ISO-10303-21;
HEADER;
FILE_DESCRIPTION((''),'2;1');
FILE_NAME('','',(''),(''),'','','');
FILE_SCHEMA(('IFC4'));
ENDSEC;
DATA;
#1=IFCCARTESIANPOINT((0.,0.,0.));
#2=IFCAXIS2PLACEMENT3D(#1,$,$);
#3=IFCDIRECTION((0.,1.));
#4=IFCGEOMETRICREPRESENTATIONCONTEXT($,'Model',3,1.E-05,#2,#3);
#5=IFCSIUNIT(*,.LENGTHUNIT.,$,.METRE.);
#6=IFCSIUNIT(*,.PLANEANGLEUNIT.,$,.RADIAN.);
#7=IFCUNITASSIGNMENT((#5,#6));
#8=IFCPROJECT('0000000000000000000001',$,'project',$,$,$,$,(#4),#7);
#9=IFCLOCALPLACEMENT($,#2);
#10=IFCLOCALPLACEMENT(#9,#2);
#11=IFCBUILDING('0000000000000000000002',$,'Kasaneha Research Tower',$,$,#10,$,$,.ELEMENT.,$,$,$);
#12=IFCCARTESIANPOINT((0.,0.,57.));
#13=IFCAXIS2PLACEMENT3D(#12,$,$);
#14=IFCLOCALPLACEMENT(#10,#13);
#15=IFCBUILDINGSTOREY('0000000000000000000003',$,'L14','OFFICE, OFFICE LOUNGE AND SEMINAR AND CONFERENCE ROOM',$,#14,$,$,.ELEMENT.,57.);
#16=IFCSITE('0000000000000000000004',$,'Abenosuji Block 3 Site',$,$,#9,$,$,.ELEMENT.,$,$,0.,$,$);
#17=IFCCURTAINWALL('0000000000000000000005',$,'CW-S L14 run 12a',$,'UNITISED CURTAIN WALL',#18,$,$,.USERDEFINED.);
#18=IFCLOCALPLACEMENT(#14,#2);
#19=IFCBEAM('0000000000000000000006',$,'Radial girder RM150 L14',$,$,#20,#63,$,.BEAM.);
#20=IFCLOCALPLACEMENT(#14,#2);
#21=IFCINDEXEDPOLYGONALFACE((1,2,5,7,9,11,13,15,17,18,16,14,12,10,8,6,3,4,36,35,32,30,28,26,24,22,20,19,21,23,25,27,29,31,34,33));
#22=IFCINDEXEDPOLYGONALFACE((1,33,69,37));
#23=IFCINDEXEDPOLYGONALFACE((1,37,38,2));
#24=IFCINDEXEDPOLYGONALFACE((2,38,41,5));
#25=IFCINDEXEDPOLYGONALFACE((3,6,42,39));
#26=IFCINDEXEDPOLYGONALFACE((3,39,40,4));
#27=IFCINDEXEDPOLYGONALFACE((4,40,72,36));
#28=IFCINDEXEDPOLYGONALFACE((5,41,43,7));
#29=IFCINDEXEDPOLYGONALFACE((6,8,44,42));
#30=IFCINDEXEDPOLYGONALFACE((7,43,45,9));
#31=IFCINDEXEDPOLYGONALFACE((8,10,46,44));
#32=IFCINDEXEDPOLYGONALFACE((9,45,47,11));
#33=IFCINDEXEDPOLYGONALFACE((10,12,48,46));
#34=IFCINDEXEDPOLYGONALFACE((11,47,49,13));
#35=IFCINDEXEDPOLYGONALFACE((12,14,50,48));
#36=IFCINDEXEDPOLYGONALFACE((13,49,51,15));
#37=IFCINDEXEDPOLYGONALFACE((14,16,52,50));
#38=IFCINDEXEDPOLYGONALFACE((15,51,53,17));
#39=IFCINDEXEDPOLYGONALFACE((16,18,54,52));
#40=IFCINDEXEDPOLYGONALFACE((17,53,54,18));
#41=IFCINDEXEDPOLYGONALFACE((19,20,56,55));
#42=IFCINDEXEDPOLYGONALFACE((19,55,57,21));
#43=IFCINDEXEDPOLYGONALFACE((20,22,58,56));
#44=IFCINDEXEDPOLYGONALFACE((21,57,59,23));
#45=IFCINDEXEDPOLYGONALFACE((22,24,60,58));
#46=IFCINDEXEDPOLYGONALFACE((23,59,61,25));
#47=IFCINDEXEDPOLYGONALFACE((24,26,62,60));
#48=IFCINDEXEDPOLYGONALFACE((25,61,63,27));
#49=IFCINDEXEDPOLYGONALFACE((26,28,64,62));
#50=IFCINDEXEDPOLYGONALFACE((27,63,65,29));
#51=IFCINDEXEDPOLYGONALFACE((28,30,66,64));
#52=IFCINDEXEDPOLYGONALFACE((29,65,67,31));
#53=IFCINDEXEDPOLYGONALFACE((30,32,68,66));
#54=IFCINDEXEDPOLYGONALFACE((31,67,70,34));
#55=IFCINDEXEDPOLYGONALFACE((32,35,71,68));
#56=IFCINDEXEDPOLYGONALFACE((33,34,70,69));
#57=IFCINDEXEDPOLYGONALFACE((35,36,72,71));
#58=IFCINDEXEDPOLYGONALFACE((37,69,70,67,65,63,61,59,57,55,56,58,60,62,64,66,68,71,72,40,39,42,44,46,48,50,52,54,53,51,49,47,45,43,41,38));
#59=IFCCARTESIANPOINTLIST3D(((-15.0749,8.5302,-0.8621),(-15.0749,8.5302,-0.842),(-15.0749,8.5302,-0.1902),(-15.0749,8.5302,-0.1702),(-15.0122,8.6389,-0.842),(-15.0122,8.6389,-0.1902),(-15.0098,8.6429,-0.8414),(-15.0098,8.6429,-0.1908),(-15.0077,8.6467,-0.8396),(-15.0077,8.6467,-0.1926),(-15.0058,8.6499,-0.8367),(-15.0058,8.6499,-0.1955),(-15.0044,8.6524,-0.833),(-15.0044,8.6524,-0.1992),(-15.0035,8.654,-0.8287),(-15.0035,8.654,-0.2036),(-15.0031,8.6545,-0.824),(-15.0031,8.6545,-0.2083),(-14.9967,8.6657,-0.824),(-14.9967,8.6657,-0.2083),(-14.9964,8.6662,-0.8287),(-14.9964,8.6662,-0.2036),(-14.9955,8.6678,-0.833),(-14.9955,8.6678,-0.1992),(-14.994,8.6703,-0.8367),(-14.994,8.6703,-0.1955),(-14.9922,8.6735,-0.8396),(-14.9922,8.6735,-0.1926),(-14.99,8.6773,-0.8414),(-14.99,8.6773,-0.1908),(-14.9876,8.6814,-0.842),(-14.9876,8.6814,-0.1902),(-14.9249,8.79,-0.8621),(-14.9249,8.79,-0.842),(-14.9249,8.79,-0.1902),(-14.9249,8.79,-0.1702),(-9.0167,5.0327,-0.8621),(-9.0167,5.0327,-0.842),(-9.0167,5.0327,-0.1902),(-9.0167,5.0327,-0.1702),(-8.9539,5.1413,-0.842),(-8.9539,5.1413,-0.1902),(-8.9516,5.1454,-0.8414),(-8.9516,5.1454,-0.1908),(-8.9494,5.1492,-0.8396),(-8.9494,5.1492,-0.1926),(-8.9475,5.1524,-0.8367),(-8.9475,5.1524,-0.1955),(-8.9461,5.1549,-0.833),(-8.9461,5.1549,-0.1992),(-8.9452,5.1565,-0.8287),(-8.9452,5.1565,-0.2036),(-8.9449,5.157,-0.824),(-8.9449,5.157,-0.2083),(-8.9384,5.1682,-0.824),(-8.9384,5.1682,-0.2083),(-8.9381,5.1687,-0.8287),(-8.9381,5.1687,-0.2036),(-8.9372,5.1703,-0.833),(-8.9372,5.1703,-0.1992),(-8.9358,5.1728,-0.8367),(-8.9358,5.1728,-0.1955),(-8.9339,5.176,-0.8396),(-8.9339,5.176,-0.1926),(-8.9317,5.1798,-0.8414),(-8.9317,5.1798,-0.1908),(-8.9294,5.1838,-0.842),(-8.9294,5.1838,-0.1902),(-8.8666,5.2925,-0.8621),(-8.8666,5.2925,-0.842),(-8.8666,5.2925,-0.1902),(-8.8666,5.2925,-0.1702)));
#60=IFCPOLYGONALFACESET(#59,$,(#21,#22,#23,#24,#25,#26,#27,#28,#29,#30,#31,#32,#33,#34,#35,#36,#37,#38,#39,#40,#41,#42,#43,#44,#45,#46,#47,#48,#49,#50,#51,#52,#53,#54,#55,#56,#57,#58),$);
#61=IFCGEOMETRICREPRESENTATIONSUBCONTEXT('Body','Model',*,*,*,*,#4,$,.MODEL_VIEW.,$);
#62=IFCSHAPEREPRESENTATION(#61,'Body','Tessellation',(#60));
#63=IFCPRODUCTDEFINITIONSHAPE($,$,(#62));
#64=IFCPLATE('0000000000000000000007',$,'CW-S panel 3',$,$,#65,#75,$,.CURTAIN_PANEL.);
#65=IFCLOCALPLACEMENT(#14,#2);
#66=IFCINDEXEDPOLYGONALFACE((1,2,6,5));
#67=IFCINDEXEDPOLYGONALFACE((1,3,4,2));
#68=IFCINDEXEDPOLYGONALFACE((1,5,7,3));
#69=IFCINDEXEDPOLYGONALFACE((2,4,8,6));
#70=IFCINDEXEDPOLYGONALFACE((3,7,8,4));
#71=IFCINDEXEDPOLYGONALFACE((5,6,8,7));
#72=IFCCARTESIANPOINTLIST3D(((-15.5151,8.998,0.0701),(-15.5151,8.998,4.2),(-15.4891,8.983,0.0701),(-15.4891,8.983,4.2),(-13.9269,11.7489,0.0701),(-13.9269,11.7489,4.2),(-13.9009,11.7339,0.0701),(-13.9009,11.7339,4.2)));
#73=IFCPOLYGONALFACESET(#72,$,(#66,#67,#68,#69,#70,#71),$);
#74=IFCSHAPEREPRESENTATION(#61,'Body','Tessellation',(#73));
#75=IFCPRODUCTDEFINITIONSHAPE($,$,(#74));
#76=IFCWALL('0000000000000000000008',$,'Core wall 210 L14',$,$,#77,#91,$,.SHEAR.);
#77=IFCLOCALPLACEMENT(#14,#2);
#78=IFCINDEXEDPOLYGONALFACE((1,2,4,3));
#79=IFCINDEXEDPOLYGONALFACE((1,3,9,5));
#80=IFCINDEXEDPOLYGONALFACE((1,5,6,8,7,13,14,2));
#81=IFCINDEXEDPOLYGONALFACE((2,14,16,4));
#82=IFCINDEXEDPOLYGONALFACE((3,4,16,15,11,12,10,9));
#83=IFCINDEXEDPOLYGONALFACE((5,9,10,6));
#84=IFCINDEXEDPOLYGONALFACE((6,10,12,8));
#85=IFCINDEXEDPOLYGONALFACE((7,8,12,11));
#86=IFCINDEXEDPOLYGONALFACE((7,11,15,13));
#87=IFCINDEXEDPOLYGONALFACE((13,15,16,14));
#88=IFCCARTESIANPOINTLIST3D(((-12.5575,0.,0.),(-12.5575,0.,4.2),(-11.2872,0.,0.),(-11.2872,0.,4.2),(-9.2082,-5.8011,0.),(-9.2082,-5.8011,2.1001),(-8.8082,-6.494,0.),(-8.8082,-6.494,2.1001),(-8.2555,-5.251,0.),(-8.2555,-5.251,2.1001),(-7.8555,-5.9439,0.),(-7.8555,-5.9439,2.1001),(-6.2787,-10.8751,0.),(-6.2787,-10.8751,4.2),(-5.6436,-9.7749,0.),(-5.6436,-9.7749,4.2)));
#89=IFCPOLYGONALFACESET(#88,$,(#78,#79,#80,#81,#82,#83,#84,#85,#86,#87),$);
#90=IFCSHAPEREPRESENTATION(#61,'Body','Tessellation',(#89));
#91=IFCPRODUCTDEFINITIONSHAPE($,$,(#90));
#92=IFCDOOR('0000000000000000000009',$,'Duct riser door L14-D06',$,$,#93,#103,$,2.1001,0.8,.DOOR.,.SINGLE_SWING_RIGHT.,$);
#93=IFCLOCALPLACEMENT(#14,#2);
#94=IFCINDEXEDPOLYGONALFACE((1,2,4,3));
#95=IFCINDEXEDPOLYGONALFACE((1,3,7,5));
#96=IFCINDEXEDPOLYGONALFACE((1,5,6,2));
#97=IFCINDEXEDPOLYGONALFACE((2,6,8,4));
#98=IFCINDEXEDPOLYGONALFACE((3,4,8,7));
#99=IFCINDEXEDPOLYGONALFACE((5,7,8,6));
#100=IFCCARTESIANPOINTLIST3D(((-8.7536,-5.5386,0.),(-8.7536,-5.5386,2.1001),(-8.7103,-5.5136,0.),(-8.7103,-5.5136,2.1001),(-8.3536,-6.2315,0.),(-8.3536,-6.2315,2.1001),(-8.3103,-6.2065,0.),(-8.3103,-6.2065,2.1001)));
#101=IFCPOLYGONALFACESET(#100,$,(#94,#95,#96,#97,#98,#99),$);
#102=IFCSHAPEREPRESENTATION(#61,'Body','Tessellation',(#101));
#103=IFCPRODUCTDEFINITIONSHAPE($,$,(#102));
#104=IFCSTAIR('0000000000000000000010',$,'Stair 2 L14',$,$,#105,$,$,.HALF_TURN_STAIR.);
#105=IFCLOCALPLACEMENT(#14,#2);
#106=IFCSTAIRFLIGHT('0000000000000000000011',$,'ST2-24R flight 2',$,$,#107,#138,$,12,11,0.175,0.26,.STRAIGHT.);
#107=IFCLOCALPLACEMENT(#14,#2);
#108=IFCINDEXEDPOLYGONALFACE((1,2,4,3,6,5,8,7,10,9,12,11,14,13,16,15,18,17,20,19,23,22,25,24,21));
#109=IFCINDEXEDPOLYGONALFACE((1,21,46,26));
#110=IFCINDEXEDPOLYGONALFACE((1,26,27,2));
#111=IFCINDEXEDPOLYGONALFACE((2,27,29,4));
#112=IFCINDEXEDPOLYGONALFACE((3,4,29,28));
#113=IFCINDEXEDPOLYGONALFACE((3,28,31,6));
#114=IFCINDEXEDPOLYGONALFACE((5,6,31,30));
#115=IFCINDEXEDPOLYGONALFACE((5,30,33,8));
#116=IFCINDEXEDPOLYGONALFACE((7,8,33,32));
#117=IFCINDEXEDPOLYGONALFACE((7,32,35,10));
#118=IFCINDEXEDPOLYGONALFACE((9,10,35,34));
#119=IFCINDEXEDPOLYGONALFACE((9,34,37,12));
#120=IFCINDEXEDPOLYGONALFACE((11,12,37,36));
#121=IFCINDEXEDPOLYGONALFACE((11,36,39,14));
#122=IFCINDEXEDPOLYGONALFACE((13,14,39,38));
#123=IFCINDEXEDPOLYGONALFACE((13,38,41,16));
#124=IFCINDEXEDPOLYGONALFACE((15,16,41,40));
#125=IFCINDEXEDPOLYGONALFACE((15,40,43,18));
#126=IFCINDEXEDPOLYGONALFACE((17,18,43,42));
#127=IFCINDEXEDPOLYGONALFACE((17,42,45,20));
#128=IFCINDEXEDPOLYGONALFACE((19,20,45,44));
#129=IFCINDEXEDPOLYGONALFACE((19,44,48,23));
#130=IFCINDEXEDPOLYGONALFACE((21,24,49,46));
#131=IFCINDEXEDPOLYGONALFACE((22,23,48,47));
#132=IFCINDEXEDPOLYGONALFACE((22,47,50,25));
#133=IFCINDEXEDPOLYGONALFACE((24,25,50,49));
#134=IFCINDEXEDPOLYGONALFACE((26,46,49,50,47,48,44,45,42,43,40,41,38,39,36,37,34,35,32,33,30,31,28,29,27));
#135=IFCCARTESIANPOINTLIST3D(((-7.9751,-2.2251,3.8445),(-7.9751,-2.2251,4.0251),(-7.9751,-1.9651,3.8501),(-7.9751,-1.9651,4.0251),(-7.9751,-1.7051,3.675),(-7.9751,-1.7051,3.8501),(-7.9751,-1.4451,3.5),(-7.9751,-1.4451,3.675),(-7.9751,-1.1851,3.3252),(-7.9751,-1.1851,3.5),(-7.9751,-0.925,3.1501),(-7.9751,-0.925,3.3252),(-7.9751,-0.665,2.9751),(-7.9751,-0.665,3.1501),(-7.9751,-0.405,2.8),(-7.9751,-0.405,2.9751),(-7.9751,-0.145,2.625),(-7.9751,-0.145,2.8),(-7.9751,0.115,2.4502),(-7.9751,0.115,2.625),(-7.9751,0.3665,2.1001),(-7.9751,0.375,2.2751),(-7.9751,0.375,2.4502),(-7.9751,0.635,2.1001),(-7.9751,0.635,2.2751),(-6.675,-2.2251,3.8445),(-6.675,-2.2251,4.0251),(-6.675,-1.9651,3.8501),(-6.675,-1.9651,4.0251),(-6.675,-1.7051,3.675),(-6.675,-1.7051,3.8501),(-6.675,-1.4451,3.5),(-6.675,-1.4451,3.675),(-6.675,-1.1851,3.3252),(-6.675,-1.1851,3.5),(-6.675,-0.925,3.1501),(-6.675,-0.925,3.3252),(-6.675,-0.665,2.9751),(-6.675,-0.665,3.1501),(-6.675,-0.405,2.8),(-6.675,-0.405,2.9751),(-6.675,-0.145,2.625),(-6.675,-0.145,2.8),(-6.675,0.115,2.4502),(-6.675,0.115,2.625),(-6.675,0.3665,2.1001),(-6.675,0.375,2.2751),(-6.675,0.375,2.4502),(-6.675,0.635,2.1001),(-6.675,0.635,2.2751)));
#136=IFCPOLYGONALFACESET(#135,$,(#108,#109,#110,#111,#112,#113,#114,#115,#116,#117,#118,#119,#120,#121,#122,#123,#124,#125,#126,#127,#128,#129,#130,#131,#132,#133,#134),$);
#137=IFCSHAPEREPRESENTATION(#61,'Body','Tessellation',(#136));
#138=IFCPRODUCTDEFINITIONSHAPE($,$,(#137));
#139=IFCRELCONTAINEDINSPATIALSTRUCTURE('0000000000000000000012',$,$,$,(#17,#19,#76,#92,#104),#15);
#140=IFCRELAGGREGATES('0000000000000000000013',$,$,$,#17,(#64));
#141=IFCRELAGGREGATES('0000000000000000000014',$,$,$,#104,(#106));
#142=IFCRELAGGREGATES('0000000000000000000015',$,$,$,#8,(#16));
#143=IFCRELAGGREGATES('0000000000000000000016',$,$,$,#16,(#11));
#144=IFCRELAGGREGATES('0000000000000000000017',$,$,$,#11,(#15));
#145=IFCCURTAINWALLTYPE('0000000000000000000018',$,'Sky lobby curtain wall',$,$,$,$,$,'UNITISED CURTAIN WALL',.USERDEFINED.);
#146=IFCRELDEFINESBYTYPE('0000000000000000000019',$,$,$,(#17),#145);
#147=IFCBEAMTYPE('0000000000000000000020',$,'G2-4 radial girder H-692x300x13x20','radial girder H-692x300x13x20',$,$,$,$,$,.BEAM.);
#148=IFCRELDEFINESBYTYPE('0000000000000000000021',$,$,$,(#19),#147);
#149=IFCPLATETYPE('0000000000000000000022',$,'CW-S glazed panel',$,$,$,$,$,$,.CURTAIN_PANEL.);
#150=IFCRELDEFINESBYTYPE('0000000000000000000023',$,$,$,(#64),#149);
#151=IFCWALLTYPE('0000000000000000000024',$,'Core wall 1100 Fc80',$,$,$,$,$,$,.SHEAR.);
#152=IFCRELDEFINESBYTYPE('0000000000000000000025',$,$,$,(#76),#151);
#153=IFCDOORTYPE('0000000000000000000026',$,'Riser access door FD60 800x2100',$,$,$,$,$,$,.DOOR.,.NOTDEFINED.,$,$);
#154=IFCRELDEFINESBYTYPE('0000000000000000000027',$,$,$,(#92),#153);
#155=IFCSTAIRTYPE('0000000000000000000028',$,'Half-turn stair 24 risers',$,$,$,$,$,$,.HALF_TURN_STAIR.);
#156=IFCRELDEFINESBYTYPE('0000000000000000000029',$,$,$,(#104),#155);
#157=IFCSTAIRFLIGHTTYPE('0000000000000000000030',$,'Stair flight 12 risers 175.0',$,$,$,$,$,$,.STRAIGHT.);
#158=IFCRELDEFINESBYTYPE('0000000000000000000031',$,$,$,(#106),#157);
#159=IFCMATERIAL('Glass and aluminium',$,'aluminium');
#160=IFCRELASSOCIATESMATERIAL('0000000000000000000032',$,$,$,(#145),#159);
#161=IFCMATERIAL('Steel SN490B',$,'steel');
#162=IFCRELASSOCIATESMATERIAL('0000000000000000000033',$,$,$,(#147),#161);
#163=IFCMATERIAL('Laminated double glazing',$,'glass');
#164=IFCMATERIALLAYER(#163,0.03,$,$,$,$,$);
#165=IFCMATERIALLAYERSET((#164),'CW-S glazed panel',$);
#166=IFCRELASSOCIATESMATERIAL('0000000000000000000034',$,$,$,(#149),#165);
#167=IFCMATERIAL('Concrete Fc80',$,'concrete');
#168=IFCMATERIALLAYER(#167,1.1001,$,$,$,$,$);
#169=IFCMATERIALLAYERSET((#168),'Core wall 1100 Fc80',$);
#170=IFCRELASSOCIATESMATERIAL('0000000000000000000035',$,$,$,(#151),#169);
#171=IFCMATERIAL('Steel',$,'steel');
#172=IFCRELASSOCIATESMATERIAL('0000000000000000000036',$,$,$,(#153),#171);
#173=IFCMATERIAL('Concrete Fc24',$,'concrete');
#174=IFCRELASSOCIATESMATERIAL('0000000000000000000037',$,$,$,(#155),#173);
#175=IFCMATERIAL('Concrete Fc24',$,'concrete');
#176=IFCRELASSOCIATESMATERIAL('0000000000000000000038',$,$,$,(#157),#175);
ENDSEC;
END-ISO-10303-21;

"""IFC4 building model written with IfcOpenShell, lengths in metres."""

from ifc_helpers import new_model, si_unit, direction, frame, frame_2d, origin, origin_2d, place, context, subcontext, project, spatial, polyline, rectangle, i_section, outline, extrude, material, layer, layer_set, material_profile, profile_set, type_object, element, fill, aggregate, save


model = new_model("IFC4")

# Units and contexts
model_context = context("Model", 3, precision=1e-05, world=origin(), true_north=direction((0.0, 1.0)))
body_context = subcontext(model_context, "Body", "Model", "MODEL_VIEW")
ifc_project = project(units=[si_unit("LENGTHUNIT", "METRE"), si_unit("PLANEANGLEUNIT", "RADIAN")], contexts=[model_context])

# Site, building, storey
site_placement = place(None, origin())
site = spatial("IfcSite", under=ifc_project, at=site_placement, Name="Abenosuji Block 3 Site", CompositionType="ELEMENT", RefElevation=0.0)
building_placement = place(site_placement, origin())
building = spatial("IfcBuilding", under=site, at=building_placement, Name="Kasaneha Research Tower", CompositionType="ELEMENT")
storey_placement = place(building_placement, frame((0.0, 0.0, 57.0)))
storey = spatial("IfcBuildingStorey", under=building, at=storey_placement, Name="L14", Description="OFFICE, OFFICE LOUNGE AND SEMINAR AND CONFERENCE ROOM", CompositionType="ELEMENT", Elevation=57.0)

# Curtain wall
ifc_material_1 = material(Name="Glass and aluminium", Category="aluminium")
curtain_wall_type = type_object("IfcCurtainWallType", Name="Sky lobby curtain wall", ElementType="UNITISED CURTAIN WALL", PredefinedType="USERDEFINED", material=ifc_material_1)
curtain_wall_placement = place(storey_placement, origin())
curtain_wall = element("IfcCurtainWall", 1, at=curtain_wall_placement, inside=storey, type_object=curtain_wall_type, Name="CW-S L14 run 12a", ObjectType="UNITISED CURTAIN WALL", PredefinedType="USERDEFINED")

# Beam
ifc_material_2 = material(Name="Steel SN490B", Category="steel")
ifc_material_profile_1 = material_profile(ifc_material_2, i_section(OverallWidth=0.3, OverallDepth=0.6919, WebThickness=0.0129, FlangeThickness=0.02, FilletRadius=0.0181, at=origin_2d()), Name="H-692x300x13x20")
ifc_profile_set_1 = profile_set([ifc_material_profile_1], Name="Steel SN490B")
beam_type_1 = type_object("IfcBeamType", Name="G2-4 radial girder H-692x300x13x20", Description="radial girder H-692x300x13x20", PredefinedType="BEAM", material=ifc_profile_set_1)
beam_1_placement = place(storey_placement, frame((-8.9417, 5.1626, -0.5161), z_axis=(-0.86604, 0.499975, 0.0), x_axis=(-0.499975, -0.86604, 0.0)))
element("IfcBeam", 2, at=beam_1_placement, inside=storey, type_object=beam_type_1, Name="Radial girder RM150 L14", PredefinedType="BEAM", context=body_context, shape_type="SweptSolid", body=[
    extrude(i_section(OverallWidth=0.3, OverallDepth=0.6919, WebThickness=0.0129, FlangeThickness=0.02, FilletRadius=0.0181, at=origin_2d()), origin(), (0.0, 0.0, 1.0), 6.9954),
])

# Plate
ifc_material_3 = material(Name="Laminated double glazing", Category="glass")
ifc_layer_1 = layer(ifc_material_3, 0.03)
ifc_layer_set_1 = layer_set([ifc_layer_1], Name="CW-S glazed panel")
plate_type = type_object("IfcPlateType", Name="CW-S glazed panel", PredefinedType="CURTAIN_PANEL", material=ifc_layer_set_1)
plate_placement = place(storey_placement, frame((-14.708, 10.366, 0.0701), z_axis=(0.0, 0.0, 1.0), x_axis=(-0.5, -0.866025, 0.0)))
plate = element("IfcPlate", 3, at=plate_placement, type_object=plate_type, Name="CW-S panel 3", PredefinedType="CURTAIN_PANEL", context=body_context, shape_type="SweptSolid", body=[
    extrude(rectangle(XDim=3.1765, YDim=0.03, at=origin_2d()), origin(), (0.0, 0.0, 1.0), 4.1299),
])
aggregate(curtain_wall, [plate])

# Wall, opening, door
ifc_material_4 = material(Name="Concrete Fc80", Category="concrete")
ifc_layer_2 = layer(ifc_material_4, 1.1001)
ifc_layer_set_2 = layer_set([ifc_layer_2], Name="Core wall 1100 Fc80")
wall_type_1 = type_object("IfcWallType", Name="Core wall 1100 Fc80", PredefinedType="SHEAR", material=ifc_layer_set_2)
wall_1_placement = place(storey_placement, frame((-11.9224, 0.0, 0.0), z_axis=(0.0, 0.0, 1.0), x_axis=(0.500004, -0.866023, 0.0)))
wall_1 = element("IfcWall", 4, at=wall_1_placement, inside=storey, type_object=wall_type_1, Name="Core wall 210 L14", PredefinedType="SHEAR", context=body_context, shape_type="SweptSolid", body=[
    extrude(outline(polyline([(-0.3176, -0.55), (6.3811, -0.55), (7.1812, -0.55), (12.24, -0.55), (11.6047, 0.55), (7.1812, 0.55), (6.3811, 0.55), (0.3176, 0.55), (-0.3176, -0.55)])), origin(), (0.0, 0.0, 1.0), 4.2),
])
opening_1_placement = place(wall_1_placement, frame((6.3811, 0.0, 0.0)))
opening_1 = element("IfcOpeningElement", 5, at=opening_1_placement, cuts=wall_1, PredefinedType="OPENING", context=body_context, shape_type="SweptSolid", body=[
    extrude(rectangle(XDim=0.8, YDim=2.1001, at=frame_2d((0.3999, 1.05))), frame((0.0, 0.5601, 0.0), z_axis=(0.0, -1.0, 0.0), x_axis=(1.0, 0.0, 0.0)), (0.0, 0.0, 1.0), 1.1201),
])
ifc_material_5 = material(Name="Steel", Category="steel")
door_type_1 = type_object("IfcDoorType", Name="Riser access door FD60 800x2100", OperationType="NOTDEFINED", PredefinedType="DOOR", material=ifc_material_5)
door_1_placement = place(opening_1_placement, origin())
door_1 = element("IfcDoor", 6, at=door_1_placement, inside=storey, type_object=door_type_1, Name="Duct riser door L14-D06", OperationType="SINGLE_SWING_RIGHT", OverallHeight=2.1001, OverallWidth=0.8, PredefinedType="DOOR", context=body_context, shape_type="SweptSolid", body=[
    extrude(rectangle(XDim=0.8, YDim=2.1001, at=frame_2d((0.3999, 1.05))), frame((0.0, 0.0249, 0.0), z_axis=(0.0, -1.0, 0.0), x_axis=(1.0, 0.0, 0.0)), (0.0, 0.0, 1.0), 0.05),
])
fill(opening_1, door_1)

# Stair, stair flight
ifc_material_6 = material(Name="Concrete Fc24", Category="concrete")
stair_type = type_object("IfcStairType", Name="Half-turn stair 24 risers", PredefinedType="HALF_TURN_STAIR", material=ifc_material_6)
stair_placement = place(storey_placement, origin())
stair = element("IfcStair", 7, at=stair_placement, inside=storey, type_object=stair_type, Name="Stair 2 L14", PredefinedType="HALF_TURN_STAIR")
ifc_material_7 = material(Name="Concrete Fc24", Category="concrete")
stair_flight_type = type_object("IfcStairFlightType", Name="Stair flight 12 risers 175.0", PredefinedType="STRAIGHT", material=ifc_material_7)
stair_flight_placement = place(storey_placement, frame((-7.325, 0.635, 2.1001), z_axis=(0.0, 0.0, 1.0), x_axis=(0.0, -1.0, 0.0)))
stair_flight = element("IfcStairFlight", 8, at=stair_flight_placement, type_object=stair_flight_type, Name="ST2-24R flight 2", NumberOfRisers=12, NumberOfTreads=11, PredefinedType="STRAIGHT", RiserHeight=0.175, TreadLength=0.26, context=body_context, shape_type="SweptSolid", body=[
    extrude(outline(polyline([(0.0, 0.0), (0.0, 0.175), (0.26, 0.175), (0.26, 0.3501), (0.52, 0.3501), (0.52, 0.5249), (0.78, 0.5249), (0.78, 0.7), (1.04, 0.7), (1.04, 0.875), (1.3, 0.875), (1.3, 1.05), (1.5601, 1.05), (1.5601, 1.2251), (1.8201, 1.2251), (1.8201, 1.3999), (2.0801, 1.3999), (2.0801, 1.575), (2.3401, 1.575), (2.3401, 1.75), (2.6001, 1.75), (2.6001, 1.925), (2.8601, 1.925), (2.8601, 2.1001), (2.8601, 1.7444), (0.2686, 0.0), (0.0, 0.0)])), frame((0.0, 0.6499, 0.0), z_axis=(0.0, -1.0, 0.0), x_axis=(1.0, 0.0, 0.0)), (0.0, 0.0, 1.0), 1.3),
])
aggregate(stair, [stair_flight])

save(model, "model.ifc")
